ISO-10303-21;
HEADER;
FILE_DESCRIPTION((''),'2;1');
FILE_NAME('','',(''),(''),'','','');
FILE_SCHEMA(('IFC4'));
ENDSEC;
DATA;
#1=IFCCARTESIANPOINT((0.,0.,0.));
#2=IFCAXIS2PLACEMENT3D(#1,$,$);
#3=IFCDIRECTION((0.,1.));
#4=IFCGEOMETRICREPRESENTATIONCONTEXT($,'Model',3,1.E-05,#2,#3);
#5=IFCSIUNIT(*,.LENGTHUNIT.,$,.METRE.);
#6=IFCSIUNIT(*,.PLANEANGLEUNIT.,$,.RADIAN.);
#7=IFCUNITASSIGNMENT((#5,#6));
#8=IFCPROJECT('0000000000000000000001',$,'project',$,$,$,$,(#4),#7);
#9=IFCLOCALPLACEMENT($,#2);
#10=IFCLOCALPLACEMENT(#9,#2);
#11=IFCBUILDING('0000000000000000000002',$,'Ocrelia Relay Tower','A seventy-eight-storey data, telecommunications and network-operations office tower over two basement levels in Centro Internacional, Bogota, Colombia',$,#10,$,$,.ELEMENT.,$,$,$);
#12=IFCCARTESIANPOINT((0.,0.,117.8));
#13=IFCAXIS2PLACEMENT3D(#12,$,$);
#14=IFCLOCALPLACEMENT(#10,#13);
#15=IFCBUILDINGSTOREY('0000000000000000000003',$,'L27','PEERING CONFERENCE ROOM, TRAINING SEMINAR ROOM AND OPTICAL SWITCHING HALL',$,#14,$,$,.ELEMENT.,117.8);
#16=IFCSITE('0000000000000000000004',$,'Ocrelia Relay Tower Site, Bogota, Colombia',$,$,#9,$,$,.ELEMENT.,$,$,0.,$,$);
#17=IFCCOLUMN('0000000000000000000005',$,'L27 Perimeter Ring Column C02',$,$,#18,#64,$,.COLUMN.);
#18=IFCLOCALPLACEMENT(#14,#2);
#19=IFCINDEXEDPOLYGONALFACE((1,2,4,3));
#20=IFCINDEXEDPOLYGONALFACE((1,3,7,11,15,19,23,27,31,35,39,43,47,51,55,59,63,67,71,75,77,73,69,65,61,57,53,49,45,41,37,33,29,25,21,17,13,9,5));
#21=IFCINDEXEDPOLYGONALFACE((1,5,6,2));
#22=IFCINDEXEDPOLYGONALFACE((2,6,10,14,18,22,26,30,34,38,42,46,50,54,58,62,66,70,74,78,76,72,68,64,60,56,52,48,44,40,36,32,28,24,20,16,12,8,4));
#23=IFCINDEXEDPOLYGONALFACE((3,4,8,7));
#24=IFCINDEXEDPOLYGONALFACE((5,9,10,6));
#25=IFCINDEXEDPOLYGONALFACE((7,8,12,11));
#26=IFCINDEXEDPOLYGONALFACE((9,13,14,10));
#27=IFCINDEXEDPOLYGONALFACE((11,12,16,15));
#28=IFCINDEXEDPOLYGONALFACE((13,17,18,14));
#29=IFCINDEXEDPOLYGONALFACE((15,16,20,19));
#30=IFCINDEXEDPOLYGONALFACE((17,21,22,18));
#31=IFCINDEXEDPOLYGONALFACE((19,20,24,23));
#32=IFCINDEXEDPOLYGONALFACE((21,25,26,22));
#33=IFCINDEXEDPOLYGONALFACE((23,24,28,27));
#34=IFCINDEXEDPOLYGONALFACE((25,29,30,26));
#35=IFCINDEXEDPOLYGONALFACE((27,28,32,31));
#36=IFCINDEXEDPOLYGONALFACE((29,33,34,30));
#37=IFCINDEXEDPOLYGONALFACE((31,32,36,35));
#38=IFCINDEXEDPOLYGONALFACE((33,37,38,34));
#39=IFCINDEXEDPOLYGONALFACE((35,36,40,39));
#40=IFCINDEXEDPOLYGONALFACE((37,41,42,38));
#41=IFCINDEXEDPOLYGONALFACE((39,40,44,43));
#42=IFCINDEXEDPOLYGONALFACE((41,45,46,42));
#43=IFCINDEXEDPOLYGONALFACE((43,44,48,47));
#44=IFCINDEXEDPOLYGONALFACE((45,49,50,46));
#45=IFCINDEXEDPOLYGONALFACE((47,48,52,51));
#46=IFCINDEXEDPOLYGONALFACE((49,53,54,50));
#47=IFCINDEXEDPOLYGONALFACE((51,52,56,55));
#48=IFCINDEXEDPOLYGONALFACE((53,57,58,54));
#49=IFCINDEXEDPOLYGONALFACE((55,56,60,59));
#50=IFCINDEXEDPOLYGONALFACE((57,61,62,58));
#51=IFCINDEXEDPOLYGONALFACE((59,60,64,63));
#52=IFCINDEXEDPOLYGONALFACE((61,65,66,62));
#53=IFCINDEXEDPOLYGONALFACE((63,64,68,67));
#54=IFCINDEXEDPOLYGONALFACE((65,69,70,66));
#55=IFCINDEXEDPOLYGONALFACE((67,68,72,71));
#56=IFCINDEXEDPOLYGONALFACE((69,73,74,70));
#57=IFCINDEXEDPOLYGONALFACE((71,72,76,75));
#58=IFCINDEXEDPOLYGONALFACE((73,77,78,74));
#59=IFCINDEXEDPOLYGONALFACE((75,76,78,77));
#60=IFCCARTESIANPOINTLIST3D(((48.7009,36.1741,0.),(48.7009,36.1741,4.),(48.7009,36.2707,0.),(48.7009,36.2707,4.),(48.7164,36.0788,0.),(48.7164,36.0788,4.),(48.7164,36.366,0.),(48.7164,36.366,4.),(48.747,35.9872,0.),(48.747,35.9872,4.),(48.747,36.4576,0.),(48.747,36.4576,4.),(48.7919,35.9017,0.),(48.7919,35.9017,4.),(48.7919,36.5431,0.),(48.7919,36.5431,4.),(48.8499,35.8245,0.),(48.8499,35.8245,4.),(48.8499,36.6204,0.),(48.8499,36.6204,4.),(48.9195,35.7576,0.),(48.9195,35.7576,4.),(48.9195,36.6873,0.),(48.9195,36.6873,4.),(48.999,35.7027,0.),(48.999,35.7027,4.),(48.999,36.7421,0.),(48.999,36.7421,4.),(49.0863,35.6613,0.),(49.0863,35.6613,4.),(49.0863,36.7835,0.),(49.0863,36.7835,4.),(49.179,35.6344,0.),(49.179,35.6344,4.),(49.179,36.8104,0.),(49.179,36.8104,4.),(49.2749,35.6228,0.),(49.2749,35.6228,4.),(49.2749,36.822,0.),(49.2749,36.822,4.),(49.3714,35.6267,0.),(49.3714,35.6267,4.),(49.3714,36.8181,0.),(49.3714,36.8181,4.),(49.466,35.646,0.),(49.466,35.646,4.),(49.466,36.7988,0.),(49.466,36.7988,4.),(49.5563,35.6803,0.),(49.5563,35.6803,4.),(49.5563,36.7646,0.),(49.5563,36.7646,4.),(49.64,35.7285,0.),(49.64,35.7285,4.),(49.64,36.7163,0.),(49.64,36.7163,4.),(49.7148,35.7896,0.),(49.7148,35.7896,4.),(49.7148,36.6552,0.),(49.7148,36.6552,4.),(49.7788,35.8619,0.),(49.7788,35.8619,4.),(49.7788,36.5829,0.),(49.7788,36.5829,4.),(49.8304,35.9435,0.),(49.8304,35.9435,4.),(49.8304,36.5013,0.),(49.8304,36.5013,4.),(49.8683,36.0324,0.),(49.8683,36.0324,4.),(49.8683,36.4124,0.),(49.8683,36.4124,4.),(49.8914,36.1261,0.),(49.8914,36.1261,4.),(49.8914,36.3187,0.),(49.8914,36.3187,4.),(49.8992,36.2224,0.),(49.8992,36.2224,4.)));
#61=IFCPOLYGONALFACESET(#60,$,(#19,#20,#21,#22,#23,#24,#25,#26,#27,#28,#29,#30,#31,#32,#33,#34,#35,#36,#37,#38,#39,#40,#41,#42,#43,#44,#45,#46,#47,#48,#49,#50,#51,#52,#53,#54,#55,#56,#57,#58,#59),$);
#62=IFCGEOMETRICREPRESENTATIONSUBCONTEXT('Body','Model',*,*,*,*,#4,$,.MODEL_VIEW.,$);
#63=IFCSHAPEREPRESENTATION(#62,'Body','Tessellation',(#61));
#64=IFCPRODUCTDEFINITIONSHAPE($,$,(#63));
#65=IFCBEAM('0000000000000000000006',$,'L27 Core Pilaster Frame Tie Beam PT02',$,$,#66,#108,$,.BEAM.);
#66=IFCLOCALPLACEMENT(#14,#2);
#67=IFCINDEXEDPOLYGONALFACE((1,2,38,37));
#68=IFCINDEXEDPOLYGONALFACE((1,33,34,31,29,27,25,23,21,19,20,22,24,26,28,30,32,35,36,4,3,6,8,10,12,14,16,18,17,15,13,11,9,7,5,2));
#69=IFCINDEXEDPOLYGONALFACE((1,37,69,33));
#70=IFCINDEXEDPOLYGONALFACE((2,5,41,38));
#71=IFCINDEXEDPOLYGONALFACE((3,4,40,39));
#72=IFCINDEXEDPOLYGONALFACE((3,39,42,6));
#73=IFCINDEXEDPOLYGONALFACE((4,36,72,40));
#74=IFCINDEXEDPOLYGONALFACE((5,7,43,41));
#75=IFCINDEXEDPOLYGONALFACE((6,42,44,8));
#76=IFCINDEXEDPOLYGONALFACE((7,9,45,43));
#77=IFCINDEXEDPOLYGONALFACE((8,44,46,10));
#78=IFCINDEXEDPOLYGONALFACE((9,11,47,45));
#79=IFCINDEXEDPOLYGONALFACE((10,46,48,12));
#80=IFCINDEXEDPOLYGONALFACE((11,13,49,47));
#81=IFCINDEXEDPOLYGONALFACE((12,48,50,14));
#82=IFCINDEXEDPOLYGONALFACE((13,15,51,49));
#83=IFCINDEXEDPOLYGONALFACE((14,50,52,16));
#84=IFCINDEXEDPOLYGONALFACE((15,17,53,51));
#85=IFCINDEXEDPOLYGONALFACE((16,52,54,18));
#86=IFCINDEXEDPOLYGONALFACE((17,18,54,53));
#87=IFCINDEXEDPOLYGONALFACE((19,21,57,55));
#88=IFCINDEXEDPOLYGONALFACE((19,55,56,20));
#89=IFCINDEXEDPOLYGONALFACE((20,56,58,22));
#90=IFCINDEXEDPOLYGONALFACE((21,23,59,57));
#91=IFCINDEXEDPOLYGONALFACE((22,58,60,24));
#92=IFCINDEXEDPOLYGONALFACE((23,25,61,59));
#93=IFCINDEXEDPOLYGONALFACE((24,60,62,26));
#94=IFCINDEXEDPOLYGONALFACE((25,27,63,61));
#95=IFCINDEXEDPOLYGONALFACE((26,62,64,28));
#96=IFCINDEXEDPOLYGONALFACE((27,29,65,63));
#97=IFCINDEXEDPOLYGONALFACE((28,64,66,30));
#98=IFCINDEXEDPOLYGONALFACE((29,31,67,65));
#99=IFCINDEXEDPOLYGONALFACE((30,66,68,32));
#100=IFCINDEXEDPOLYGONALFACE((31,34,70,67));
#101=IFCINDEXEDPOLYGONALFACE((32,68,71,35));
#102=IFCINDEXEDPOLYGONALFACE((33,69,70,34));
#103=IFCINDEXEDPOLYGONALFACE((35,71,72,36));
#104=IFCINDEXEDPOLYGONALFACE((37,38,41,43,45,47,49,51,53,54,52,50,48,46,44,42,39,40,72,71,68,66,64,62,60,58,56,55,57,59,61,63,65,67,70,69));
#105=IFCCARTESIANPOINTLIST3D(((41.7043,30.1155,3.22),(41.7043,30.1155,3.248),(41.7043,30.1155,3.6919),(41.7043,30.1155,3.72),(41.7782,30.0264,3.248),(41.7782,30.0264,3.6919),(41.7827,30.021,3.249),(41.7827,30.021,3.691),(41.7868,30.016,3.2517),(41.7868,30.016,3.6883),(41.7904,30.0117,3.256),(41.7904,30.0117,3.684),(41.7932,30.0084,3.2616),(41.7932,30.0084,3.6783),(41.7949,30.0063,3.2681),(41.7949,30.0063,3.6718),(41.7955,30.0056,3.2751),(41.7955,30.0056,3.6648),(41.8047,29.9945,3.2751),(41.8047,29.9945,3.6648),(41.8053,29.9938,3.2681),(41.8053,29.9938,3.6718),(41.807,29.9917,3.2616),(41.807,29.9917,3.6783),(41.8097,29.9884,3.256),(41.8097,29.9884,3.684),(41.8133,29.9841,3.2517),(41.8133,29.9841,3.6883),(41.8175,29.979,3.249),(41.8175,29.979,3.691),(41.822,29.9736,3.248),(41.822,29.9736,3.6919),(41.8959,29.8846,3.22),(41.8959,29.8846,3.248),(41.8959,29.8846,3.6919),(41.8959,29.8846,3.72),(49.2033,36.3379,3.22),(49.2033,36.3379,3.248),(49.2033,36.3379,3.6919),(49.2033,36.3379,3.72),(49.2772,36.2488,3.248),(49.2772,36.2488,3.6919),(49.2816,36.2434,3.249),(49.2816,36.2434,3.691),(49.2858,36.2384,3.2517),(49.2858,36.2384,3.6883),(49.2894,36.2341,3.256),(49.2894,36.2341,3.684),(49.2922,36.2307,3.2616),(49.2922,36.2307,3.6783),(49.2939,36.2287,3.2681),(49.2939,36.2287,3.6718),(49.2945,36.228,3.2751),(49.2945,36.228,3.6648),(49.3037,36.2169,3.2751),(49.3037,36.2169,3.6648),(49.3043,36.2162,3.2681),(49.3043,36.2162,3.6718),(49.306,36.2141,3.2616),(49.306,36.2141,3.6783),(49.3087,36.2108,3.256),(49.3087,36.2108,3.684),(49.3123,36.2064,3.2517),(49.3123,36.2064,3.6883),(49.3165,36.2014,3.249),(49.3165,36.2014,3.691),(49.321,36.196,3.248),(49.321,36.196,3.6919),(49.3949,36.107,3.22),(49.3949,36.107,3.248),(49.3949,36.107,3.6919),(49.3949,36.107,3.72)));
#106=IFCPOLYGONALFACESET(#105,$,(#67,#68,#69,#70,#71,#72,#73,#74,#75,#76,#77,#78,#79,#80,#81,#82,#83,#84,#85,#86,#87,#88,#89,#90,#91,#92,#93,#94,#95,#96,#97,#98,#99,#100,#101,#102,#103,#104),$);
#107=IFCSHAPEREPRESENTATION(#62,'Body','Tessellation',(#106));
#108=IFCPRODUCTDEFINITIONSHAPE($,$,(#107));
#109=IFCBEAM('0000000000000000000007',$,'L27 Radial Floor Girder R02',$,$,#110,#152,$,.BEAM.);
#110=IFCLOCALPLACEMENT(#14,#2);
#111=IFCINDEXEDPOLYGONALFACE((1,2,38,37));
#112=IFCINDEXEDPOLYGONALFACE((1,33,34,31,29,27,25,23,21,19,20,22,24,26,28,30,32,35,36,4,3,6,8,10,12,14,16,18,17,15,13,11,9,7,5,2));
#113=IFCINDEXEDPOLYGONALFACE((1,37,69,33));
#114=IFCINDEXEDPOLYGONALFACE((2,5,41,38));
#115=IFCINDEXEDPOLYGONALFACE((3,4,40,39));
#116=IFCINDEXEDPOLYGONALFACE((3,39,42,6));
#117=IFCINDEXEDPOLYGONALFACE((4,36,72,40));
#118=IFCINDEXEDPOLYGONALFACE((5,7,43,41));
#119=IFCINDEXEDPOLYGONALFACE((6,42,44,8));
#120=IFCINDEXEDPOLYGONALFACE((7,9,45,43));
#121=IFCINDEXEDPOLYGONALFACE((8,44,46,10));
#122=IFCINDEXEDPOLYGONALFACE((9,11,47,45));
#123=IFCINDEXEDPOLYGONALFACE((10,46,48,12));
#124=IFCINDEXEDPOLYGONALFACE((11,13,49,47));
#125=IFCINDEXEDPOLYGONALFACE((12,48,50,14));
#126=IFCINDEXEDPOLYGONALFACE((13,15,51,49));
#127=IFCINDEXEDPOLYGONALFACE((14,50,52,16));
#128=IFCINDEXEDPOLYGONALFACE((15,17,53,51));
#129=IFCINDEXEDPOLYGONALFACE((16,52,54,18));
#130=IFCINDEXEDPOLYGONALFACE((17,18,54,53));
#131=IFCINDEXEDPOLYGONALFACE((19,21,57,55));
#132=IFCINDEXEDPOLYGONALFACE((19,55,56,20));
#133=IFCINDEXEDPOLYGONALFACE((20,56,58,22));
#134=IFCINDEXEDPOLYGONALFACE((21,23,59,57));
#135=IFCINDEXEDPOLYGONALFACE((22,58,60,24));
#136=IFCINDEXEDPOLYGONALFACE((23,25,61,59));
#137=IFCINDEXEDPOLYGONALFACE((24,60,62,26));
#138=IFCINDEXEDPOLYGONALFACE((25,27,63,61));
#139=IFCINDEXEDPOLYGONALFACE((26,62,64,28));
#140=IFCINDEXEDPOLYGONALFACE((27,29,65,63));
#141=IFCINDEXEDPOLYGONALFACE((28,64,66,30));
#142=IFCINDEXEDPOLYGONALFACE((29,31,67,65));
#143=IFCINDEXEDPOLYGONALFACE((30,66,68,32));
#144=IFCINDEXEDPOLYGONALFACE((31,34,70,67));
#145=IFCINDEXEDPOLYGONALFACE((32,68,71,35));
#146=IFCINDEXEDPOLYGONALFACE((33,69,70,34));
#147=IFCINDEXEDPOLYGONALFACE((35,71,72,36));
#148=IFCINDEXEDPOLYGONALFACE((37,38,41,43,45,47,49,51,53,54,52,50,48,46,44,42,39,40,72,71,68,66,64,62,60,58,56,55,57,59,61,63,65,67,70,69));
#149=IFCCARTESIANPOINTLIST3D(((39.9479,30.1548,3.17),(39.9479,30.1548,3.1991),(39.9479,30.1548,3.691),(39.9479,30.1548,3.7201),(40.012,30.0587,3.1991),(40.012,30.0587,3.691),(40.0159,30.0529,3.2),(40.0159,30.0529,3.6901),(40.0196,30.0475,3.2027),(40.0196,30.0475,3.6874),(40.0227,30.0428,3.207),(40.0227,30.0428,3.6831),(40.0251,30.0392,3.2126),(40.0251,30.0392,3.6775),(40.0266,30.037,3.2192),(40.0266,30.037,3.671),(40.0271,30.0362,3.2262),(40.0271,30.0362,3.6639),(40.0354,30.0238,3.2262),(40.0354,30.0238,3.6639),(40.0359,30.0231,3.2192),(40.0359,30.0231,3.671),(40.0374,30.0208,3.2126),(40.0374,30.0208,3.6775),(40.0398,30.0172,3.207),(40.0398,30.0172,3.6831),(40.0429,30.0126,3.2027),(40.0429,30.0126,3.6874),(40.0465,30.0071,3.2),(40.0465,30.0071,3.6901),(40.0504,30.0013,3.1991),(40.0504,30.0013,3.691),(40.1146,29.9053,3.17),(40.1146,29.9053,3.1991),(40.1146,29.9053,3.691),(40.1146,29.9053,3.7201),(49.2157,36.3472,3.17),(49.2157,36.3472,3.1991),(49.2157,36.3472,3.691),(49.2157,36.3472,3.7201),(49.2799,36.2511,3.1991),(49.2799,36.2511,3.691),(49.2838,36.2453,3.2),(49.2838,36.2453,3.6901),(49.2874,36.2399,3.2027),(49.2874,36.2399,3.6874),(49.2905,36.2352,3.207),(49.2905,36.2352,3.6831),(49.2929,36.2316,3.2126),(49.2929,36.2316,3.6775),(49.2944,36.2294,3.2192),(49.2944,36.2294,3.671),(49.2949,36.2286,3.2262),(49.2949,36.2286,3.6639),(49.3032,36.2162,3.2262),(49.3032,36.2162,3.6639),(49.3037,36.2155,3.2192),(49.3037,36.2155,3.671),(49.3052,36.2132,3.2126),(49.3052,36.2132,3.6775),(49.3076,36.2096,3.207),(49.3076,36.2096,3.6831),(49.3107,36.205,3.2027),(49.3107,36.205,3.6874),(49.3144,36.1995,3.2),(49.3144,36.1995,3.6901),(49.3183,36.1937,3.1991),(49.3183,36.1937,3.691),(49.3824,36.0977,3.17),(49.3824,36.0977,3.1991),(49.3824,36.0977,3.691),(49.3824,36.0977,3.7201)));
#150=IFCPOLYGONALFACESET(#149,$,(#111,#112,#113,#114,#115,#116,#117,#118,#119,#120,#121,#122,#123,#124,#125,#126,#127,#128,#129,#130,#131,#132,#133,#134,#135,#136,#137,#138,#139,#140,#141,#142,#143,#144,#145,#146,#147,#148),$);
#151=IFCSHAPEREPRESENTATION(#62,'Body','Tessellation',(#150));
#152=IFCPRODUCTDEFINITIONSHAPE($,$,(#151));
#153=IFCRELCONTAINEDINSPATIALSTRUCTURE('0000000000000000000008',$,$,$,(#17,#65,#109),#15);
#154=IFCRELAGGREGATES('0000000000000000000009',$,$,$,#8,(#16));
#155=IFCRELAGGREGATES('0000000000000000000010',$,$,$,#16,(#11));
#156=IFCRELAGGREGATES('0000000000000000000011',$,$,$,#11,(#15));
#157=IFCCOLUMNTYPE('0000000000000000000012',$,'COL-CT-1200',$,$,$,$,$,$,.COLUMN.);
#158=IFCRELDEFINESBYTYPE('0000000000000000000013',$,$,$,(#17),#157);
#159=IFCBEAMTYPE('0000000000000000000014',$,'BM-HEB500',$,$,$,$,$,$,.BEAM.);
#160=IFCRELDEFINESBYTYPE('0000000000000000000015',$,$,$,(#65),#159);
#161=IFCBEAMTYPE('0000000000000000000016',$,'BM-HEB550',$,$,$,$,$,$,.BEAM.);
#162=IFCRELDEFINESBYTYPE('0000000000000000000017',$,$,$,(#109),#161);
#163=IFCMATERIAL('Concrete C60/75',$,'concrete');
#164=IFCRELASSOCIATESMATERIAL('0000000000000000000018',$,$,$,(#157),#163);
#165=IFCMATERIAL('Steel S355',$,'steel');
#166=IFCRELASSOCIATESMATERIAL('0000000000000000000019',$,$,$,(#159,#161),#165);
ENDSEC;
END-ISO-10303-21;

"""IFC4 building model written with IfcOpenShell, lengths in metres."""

from ifc_helpers import new_model, si_unit, direction, frame, origin, origin_2d, place, context, subcontext, project, spatial, circle, i_section, extrude, material, material_profile, profile_set, type_object, element, save


model = new_model("IFC4")

# Units and contexts
model_context = context("Model", 3, precision=1e-05, world=origin(), true_north=direction((0.0, 1.0)))
body_context = subcontext(model_context, "Body", "Model", "MODEL_VIEW")
ifc_project = project(units=[si_unit("LENGTHUNIT", "METRE"), si_unit("PLANEANGLEUNIT", "RADIAN")], contexts=[model_context])

# Site, building, storey
site_placement = place(None, origin())
site = spatial("IfcSite", under=ifc_project, at=site_placement, Name="Ocrelia Relay Tower Site, Bogota, Colombia", CompositionType="ELEMENT", RefElevation=0.0)
building_placement = place(site_placement, origin())
building = spatial("IfcBuilding", under=site, at=building_placement, Name="Ocrelia Relay Tower", Description="A seventy-eight-storey data, telecommunications and network-operations office tower over two basement levels in Centro Internacional, Bogota, Colombia", CompositionType="ELEMENT")
storey_placement = place(building_placement, frame((0.0, 0.0, 117.8)))
storey = spatial("IfcBuildingStorey", under=building, at=storey_placement, Name="L27", Description="PEERING CONFERENCE ROOM, TRAINING SEMINAR ROOM AND OPTICAL SWITCHING HALL", CompositionType="ELEMENT", Elevation=117.8)

# Column
ifc_material_1 = material(Name="Concrete C60/75", Category="concrete")
ifc_material_profile_1 = material_profile(ifc_material_1, circle(Radius=0.6001, at=origin_2d()), Name="RC-CIR-1200")
ifc_profile_set_1 = profile_set([ifc_material_profile_1], Name="Concrete C60/75")
column_type = type_object("IfcColumnType", Name="COL-CT-1200", PredefinedType="COLUMN", material=ifc_profile_set_1)
column_placement = place(storey_placement, frame((49.2991, 36.2224, 0.0), z_axis=(0.0, 0.0, 1.0), x_axis=(1.0, 0.0, 0.0)))
element("IfcColumn", 1, at=column_placement, inside=storey, type_object=column_type, Name="L27 Perimeter Ring Column C02", PredefinedType="COLUMN", context=body_context, shape_type="SweptSolid", body=[
    extrude(circle(Radius=0.6001, at=origin_2d()), origin(), (0.0, 0.0, 1.0), 4.0),
])

# Beams
ifc_material_2 = material(Name="Steel S355", Category="steel")
ifc_material_profile_2 = material_profile(ifc_material_2, i_section(OverallWidth=0.3, OverallDepth=0.5, WebThickness=0.0144, FlangeThickness=0.0281, FilletRadius=0.0271, at=origin_2d()), Name="HEB 500")
ifc_profile_set_2 = profile_set([ifc_material_profile_2], Name="Steel S355")
beam_type_1 = type_object("IfcBeamType", Name="BM-HEB500", PredefinedType="BEAM", material=ifc_profile_set_2)
beam_1_placement = place(storey_placement, frame((49.2991, 36.2224, 3.47), z_axis=(-0.769571, -0.638561, 0.0), x_axis=(0.638561, -0.769571, 0.0)))
element("IfcBeam", 2, at=beam_1_placement, inside=storey, type_object=beam_type_1, Name="L27 Core Pilaster Frame Tie Beam PT02", PredefinedType="BEAM", context=body_context, shape_type="SweptSolid", body=[
    extrude(i_section(OverallWidth=0.3, OverallDepth=0.5, WebThickness=0.0144, FlangeThickness=0.0281, FilletRadius=0.0271, at=origin_2d()), origin(), (0.0, 0.0, 1.0), 9.7444),
])
ifc_material_profile_3 = material_profile(ifc_material_2, i_section(OverallWidth=0.3, OverallDepth=0.55, WebThickness=0.0149, FlangeThickness=0.0291, FilletRadius=0.0271, at=origin_2d()), Name="HEB 550")
ifc_profile_set_3 = profile_set([ifc_material_profile_3], Name="Steel S355")
beam_type_2 = type_object("IfcBeamType", Name="BM-HEB550", PredefinedType="BEAM", material=ifc_profile_set_3)
beam_2_placement = place(storey_placement, frame((49.2991, 36.2224, 3.4451), z_axis=(-0.831477, -0.555559, 0.0), x_axis=(0.555559, -0.831477, 0.0)))
element("IfcBeam", 3, at=beam_2_placement, inside=storey, type_object=beam_type_2, Name="L27 Radial Floor Girder R02", PredefinedType="BEAM", context=body_context, shape_type="SweptSolid", body=[
    extrude(i_section(OverallWidth=0.3, OverallDepth=0.55, WebThickness=0.0149, FlangeThickness=0.0291, FilletRadius=0.0271, at=origin_2d()), origin(), (0.0, 0.0, 1.0), 11.1462),
])

save(model, "model.ifc")
